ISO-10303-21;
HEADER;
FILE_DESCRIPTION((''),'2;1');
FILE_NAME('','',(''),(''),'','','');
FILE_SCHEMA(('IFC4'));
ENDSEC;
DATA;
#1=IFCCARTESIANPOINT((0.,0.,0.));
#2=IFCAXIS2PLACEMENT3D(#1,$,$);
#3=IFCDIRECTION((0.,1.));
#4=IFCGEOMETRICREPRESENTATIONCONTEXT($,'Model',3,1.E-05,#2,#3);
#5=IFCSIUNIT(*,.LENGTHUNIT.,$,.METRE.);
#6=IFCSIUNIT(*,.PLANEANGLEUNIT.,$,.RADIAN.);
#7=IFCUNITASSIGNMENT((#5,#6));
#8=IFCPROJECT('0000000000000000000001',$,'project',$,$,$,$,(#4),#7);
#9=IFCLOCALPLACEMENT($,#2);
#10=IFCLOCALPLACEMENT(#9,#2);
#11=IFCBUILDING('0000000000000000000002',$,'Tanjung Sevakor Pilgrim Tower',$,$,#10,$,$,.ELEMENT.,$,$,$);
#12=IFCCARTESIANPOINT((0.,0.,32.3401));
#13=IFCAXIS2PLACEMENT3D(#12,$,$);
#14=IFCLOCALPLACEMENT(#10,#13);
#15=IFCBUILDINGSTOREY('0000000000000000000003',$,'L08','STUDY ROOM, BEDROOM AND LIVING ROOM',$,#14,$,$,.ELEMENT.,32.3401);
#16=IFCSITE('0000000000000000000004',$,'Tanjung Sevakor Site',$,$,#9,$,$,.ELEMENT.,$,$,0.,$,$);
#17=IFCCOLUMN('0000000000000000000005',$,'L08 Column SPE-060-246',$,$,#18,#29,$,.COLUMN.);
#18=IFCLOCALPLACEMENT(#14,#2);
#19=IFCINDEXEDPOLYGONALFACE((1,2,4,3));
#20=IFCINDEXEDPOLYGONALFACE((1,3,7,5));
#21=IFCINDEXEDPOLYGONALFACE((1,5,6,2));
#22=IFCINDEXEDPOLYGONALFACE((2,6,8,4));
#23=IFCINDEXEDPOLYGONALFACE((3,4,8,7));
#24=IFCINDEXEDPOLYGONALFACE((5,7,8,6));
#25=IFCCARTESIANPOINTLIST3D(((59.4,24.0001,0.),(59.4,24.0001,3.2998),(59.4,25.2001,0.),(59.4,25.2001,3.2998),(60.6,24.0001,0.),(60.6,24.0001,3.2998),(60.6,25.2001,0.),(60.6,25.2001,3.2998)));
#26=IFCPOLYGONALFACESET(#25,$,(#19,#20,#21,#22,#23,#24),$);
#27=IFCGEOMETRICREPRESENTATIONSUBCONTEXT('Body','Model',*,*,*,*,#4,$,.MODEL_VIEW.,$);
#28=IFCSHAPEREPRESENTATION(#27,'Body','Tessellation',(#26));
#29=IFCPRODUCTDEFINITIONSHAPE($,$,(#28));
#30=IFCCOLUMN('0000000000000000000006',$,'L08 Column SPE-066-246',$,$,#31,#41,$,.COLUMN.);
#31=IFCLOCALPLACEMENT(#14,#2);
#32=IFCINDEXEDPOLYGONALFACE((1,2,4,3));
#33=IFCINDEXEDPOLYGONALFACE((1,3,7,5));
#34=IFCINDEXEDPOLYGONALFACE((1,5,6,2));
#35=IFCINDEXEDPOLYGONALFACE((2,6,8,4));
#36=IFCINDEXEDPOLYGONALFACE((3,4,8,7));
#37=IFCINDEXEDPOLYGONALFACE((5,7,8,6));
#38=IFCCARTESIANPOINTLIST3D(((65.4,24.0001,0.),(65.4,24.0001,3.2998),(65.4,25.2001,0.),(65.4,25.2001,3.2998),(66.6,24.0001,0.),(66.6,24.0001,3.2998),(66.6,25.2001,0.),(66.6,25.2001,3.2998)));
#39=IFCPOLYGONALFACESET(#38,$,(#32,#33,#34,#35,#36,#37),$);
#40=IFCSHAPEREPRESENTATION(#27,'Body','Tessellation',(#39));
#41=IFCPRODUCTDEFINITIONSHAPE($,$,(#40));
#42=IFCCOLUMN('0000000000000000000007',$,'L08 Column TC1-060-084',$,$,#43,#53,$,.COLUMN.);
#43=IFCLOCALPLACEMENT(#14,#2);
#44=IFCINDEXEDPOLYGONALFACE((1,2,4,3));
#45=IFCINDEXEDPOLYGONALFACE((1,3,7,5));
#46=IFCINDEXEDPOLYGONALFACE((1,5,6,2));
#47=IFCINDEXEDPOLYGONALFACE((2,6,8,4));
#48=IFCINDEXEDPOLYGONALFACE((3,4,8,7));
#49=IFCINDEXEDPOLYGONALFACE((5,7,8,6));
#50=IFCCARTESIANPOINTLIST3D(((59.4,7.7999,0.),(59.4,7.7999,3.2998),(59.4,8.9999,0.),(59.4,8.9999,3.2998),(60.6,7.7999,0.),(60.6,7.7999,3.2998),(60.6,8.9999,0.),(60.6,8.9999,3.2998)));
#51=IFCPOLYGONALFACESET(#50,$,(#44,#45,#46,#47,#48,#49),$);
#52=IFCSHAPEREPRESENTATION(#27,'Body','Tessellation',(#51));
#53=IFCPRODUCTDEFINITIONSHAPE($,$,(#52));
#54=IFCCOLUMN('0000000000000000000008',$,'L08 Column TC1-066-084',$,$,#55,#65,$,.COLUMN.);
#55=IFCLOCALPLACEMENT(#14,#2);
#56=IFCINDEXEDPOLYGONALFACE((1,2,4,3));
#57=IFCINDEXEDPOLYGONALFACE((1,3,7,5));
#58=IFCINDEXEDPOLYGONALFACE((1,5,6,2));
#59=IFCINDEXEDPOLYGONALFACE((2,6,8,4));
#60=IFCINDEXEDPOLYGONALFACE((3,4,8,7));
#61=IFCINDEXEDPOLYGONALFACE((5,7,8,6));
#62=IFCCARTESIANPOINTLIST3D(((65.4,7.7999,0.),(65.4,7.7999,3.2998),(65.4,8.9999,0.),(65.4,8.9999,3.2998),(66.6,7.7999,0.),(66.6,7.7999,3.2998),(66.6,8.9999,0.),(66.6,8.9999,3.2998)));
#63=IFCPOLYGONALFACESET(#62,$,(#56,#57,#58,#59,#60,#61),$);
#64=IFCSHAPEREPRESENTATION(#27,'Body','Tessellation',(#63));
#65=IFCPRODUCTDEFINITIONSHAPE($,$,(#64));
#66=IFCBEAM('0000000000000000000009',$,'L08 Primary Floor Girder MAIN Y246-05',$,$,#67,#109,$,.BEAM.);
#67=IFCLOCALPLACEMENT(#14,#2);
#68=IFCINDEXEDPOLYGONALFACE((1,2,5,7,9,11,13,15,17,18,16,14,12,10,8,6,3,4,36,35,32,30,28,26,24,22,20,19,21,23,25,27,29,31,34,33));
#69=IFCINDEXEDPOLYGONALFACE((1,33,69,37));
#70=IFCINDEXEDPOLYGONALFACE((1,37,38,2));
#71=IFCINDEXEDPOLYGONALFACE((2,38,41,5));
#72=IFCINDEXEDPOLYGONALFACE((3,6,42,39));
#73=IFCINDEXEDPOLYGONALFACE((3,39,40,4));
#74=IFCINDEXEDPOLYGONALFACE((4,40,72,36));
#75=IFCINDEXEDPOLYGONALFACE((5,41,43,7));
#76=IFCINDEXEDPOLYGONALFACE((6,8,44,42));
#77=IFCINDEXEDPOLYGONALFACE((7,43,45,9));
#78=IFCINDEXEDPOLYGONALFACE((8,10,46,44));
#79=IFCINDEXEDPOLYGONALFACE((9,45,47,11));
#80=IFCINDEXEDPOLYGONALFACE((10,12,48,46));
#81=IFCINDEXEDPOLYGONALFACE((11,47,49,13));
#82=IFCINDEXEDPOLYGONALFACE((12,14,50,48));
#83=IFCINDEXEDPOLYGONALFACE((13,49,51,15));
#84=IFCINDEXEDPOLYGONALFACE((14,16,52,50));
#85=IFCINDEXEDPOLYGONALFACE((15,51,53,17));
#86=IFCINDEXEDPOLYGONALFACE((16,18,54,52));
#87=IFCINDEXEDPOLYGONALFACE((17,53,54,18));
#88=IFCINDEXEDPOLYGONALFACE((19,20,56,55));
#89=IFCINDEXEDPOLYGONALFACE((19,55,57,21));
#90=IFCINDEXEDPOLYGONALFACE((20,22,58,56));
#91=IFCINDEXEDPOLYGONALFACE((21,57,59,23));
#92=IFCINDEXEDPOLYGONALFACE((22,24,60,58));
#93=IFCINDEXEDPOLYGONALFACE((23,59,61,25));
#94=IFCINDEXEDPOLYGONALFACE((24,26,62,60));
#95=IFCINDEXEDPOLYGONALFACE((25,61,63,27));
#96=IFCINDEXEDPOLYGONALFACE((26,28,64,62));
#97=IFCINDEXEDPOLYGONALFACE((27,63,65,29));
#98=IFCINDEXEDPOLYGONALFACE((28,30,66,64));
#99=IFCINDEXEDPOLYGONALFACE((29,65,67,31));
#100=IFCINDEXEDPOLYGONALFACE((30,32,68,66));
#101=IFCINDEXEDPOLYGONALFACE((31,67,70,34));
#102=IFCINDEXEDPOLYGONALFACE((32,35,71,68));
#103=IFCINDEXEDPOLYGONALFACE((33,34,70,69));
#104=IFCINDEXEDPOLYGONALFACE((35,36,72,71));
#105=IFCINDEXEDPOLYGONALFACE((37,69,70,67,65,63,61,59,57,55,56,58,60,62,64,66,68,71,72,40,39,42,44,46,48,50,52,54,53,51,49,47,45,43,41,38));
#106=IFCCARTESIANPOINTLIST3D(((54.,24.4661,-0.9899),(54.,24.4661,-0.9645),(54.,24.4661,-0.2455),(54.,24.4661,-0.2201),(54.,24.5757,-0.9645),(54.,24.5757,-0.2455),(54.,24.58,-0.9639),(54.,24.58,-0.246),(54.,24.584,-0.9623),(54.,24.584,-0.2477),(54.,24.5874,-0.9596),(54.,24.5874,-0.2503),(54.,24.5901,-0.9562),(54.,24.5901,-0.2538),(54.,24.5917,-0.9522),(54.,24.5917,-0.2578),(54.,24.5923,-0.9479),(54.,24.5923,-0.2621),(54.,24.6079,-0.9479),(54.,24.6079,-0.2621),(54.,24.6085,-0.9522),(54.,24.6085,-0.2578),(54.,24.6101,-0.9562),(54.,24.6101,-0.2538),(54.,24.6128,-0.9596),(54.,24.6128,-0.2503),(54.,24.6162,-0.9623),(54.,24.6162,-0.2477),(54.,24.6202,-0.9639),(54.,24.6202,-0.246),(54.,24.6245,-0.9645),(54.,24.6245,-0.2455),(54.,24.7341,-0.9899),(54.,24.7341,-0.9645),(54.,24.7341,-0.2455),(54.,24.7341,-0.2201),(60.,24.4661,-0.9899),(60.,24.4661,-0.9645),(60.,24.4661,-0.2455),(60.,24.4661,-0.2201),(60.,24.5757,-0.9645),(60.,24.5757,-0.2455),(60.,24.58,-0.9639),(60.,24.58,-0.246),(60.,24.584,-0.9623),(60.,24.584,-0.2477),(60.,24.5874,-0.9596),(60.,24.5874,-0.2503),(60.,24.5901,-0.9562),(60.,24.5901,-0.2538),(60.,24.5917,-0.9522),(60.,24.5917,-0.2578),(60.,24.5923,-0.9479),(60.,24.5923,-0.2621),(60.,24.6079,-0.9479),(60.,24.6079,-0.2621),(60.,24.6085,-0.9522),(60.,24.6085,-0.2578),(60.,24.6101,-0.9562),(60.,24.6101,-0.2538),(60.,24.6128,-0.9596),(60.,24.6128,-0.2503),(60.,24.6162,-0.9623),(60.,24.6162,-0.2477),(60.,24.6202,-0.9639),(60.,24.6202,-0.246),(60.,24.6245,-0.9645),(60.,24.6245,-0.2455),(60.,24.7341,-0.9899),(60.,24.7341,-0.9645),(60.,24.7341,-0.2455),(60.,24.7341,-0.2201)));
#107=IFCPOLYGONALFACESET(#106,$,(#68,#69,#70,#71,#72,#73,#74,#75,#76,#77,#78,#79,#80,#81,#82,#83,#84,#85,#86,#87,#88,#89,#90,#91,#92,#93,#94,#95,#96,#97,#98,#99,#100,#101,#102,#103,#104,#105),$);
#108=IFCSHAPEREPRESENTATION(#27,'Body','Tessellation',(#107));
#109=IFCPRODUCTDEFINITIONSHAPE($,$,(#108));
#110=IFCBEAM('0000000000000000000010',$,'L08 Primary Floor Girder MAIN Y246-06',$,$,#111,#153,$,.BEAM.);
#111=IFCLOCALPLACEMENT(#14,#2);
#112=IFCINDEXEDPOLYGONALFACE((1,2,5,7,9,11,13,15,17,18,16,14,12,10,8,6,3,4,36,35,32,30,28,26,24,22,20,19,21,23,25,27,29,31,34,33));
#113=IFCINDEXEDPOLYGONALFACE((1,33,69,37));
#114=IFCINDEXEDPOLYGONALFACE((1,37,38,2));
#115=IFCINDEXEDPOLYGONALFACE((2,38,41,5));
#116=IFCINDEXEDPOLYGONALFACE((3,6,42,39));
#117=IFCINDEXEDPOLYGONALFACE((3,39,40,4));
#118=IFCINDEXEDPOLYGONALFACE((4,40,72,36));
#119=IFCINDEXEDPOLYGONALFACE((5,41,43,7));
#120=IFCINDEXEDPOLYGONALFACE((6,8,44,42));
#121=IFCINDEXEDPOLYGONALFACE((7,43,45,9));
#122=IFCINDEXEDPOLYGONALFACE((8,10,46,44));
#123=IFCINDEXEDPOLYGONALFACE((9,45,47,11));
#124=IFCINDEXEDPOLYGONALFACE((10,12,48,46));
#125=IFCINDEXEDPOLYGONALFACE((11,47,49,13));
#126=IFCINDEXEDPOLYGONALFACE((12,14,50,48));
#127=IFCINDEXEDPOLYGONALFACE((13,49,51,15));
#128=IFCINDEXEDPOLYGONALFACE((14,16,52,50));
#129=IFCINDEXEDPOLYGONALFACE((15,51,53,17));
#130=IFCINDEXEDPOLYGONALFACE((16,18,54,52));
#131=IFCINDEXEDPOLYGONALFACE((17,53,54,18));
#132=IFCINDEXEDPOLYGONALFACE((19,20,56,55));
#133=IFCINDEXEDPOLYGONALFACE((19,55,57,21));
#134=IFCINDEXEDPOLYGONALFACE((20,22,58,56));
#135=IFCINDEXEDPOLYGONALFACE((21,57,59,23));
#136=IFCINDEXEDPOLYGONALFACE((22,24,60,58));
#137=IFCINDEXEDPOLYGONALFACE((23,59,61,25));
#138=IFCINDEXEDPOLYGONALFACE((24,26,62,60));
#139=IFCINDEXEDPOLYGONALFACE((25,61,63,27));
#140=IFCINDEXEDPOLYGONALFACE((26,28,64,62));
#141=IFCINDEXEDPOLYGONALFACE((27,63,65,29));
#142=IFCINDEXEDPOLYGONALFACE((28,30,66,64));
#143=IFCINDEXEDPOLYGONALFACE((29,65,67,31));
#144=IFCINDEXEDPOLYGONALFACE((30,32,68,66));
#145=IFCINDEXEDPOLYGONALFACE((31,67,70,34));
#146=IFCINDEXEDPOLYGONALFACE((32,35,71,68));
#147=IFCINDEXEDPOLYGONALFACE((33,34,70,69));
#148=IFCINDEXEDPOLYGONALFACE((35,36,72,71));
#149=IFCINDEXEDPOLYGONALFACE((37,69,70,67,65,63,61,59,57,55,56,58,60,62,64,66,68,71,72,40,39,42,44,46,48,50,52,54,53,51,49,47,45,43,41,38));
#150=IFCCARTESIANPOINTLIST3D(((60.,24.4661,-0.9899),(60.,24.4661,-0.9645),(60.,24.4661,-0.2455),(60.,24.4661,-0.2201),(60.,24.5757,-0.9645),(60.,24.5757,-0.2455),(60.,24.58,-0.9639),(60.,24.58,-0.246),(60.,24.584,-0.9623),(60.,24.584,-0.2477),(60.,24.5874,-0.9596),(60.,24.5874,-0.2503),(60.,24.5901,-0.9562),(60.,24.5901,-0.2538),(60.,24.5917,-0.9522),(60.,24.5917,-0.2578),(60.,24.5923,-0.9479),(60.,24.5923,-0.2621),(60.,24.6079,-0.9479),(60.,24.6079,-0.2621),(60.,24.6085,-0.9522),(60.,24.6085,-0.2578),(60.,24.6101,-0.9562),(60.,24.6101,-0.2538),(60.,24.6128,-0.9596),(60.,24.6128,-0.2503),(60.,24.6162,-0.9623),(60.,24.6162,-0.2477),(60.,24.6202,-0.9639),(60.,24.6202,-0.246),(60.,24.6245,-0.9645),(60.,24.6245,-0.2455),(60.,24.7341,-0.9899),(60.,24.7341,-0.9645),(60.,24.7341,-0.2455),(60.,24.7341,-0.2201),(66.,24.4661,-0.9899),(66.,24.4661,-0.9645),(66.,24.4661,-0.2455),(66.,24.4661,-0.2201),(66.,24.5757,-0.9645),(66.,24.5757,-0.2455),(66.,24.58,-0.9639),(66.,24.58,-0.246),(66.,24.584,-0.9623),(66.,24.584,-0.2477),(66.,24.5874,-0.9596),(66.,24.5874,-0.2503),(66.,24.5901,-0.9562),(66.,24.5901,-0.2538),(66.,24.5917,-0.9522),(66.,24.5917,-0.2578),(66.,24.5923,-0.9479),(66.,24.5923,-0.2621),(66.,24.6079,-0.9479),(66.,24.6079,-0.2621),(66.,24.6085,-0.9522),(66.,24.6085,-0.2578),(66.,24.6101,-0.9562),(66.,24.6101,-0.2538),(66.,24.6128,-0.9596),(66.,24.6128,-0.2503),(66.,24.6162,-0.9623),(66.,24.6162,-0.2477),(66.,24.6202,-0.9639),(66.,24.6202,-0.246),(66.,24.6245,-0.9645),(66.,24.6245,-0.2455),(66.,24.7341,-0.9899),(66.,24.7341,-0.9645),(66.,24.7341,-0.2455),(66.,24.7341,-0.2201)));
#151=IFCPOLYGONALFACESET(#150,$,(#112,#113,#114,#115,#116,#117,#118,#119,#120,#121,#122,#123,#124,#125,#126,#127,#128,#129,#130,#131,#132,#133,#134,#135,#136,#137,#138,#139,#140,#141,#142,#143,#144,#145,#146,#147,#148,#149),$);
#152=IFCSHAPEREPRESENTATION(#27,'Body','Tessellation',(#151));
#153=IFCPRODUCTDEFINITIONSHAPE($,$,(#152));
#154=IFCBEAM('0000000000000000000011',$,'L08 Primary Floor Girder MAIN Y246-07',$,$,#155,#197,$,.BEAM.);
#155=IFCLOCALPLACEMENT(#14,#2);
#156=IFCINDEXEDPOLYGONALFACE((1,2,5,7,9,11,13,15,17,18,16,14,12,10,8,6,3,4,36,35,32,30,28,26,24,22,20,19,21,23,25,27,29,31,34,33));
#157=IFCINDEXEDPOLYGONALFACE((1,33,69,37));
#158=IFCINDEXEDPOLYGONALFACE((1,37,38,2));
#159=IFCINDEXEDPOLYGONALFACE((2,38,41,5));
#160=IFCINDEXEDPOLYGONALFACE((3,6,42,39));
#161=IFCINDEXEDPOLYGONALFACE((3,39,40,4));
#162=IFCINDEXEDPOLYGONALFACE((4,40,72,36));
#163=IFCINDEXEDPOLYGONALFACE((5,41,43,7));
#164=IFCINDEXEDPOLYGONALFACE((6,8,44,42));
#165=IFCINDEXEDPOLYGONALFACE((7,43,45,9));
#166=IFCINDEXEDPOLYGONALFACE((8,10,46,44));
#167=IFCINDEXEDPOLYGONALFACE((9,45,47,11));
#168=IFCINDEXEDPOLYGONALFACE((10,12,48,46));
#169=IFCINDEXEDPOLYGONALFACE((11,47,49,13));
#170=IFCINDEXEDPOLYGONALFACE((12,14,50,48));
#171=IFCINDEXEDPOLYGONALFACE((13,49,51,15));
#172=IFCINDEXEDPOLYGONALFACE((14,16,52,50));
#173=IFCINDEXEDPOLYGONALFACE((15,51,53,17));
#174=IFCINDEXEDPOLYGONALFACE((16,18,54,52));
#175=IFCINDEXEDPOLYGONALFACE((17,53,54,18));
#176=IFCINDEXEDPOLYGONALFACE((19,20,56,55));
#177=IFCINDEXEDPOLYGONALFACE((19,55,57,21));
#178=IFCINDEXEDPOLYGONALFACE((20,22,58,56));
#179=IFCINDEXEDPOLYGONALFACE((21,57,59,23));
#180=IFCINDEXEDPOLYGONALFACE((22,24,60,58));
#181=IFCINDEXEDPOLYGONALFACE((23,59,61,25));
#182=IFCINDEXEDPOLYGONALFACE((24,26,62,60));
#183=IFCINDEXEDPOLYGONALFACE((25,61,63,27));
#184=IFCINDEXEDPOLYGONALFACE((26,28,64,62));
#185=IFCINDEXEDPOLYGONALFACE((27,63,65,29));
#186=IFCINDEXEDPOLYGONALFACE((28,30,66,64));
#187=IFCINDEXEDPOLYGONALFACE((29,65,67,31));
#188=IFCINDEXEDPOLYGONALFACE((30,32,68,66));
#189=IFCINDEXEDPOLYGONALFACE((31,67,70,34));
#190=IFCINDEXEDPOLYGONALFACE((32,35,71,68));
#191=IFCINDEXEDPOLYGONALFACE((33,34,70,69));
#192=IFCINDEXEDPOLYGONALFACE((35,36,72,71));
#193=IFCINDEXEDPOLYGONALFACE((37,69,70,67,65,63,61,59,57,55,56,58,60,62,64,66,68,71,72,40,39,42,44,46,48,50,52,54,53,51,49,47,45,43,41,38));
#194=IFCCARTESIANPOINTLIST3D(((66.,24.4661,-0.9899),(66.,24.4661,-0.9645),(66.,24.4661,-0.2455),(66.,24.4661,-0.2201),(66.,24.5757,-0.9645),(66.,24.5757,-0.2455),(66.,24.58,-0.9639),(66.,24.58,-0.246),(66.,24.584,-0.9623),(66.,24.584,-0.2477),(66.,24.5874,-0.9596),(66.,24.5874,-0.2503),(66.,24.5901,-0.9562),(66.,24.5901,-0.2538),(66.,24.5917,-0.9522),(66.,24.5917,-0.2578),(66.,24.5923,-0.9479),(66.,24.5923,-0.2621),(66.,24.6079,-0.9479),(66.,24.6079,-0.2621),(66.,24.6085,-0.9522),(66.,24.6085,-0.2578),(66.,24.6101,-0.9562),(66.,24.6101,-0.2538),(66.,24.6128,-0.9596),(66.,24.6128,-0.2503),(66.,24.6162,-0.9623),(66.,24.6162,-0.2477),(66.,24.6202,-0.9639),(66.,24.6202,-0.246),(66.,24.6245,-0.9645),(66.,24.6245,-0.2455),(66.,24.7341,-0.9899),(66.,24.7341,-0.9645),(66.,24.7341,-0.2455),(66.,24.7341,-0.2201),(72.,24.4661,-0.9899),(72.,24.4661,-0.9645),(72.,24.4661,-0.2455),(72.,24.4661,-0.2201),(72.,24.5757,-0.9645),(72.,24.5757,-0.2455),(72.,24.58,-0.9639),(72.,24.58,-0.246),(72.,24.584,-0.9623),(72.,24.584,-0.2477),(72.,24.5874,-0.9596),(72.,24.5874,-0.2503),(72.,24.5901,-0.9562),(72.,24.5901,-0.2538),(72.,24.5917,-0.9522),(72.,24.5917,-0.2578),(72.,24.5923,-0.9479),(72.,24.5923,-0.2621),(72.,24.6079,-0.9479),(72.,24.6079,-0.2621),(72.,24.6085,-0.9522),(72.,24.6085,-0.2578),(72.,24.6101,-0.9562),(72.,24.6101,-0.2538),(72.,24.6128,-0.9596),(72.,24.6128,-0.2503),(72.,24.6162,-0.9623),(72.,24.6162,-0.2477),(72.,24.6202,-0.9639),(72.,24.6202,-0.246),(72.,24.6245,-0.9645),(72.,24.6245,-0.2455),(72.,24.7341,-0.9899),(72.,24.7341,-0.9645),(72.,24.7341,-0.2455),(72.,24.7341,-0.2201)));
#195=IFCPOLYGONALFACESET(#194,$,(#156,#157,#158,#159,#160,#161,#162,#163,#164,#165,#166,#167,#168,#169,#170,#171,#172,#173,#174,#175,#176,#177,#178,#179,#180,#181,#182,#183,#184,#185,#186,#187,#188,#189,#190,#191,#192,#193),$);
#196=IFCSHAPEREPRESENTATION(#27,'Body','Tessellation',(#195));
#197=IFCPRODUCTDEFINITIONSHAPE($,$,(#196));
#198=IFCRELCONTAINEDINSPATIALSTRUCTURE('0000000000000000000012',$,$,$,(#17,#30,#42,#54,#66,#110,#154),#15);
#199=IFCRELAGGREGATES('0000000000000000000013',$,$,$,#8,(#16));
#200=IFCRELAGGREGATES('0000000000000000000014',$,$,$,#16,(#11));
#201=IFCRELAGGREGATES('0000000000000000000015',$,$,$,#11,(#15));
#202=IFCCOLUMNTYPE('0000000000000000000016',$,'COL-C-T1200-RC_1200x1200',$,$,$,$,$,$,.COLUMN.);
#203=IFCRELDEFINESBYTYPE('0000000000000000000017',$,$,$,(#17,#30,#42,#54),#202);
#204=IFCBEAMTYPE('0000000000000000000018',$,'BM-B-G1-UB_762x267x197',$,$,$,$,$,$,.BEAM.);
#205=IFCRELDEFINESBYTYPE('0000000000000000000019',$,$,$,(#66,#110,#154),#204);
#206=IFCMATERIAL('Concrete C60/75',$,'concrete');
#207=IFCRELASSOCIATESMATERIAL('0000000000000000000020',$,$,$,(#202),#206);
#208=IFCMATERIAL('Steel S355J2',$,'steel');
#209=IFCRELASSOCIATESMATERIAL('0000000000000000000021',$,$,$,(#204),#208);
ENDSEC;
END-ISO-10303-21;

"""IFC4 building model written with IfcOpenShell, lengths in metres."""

from ifc_helpers import new_model, si_unit, direction, frame, origin, origin_2d, place, context, subcontext, project, spatial, rectangle, i_section, extrude, material, material_profile, profile_set, type_object, element, save


model = new_model("IFC4")

# Units and contexts
model_context = context("Model", 3, precision=1e-05, world=origin(), true_north=direction((0.0, 1.0)))
body_context = subcontext(model_context, "Body", "Model", "MODEL_VIEW")
ifc_project = project(units=[si_unit("LENGTHUNIT", "METRE"), si_unit("PLANEANGLEUNIT", "RADIAN")], contexts=[model_context])

# Site, building, storey
site_placement = place(None, origin())
site = spatial("IfcSite", under=ifc_project, at=site_placement, Name="Tanjung Sevakor Site", CompositionType="ELEMENT", RefElevation=0.0)
building_placement = place(site_placement, origin())
building = spatial("IfcBuilding", under=site, at=building_placement, Name="Tanjung Sevakor Pilgrim Tower", CompositionType="ELEMENT")
storey_placement = place(building_placement, frame((0.0, 0.0, 32.3401)))
storey = spatial("IfcBuildingStorey", under=building, at=storey_placement, Name="L08", Description="STUDY ROOM, BEDROOM AND LIVING ROOM", CompositionType="ELEMENT", Elevation=32.3401)

# Columns
ifc_material_1 = material(Name="Concrete C60/75", Category="concrete")
ifc_material_profile_1 = material_profile(ifc_material_1, rectangle(XDim=1.2, YDim=1.2, at=origin_2d()))
ifc_profile_set_1 = profile_set([ifc_material_profile_1], Name="Concrete C60/75")
column_type = type_object("IfcColumnType", Name="COL-C-T1200-RC_1200x1200", PredefinedType="COLUMN", material=ifc_profile_set_1)
for number, where, z_axis, x_axis, name in (
    (1, (60.0, 24.6001, 0.0), (0.0, 0.0, 1.0), (1.0, 0.0, 0.0), "L08 Column SPE-060-246"),
    (2, (66.0, 24.6001, 0.0), (0.0, 0.0, 1.0), (1.0, 0.0, 0.0), "L08 Column SPE-066-246"),
    (3, (60.0, 8.3999, 0.0), (0.0, 0.0, 1.0), (1.0, 0.0, 0.0), "L08 Column TC1-060-084"),
    (4, (66.0, 8.3999, 0.0), (0.0, 0.0, 1.0), (1.0, 0.0, 0.0), "L08 Column TC1-066-084"),
):
    element("IfcColumn", number, at=place(storey_placement, frame(where, z_axis=z_axis, x_axis=x_axis)), inside=storey, type_object=column_type, Name=name, PredefinedType="COLUMN", context=body_context, shape_type="SweptSolid", body=[
        extrude(rectangle(XDim=1.2, YDim=1.2, at=origin_2d()), origin(), (0.0, 0.0, 1.0), 3.2998),
    ])

# Beams
ifc_material_2 = material(Name="Steel S355J2", Category="steel")
ifc_material_profile_2 = material_profile(ifc_material_2, i_section(OverallWidth=0.2681, OverallDepth=0.7698, WebThickness=0.0156, FlangeThickness=0.0254, FilletRadius=0.0166, at=origin_2d()))
ifc_profile_set_2 = profile_set([ifc_material_profile_2], Name="Steel S355J2")
beam_type_1 = type_object("IfcBeamType", Name="BM-B-G1-UB_762x267x197", PredefinedType="BEAM", material=ifc_profile_set_2)
for number, where, z_axis, x_axis, name in (
    (5, (54.0, 24.6001, -0.605), (1.0, 0.0, 0.0), (0.0, 1.0, 0.0), "L08 Primary Floor Girder MAIN Y246-05"),
    (6, (60.0, 24.6001, -0.605), (1.0, 0.0, 0.0), (0.0, 1.0, 0.0), "L08 Primary Floor Girder MAIN Y246-06"),
    (7, (66.0, 24.6001, -0.605), (1.0, 0.0, 0.0), (0.0, 1.0, 0.0), "L08 Primary Floor Girder MAIN Y246-07"),
):
    element("IfcBeam", number, at=place(storey_placement, frame(where, z_axis=z_axis, x_axis=x_axis)), inside=storey, type_object=beam_type_1, Name=name, PredefinedType="BEAM", context=body_context, shape_type="SweptSolid", body=[
        extrude(i_section(OverallWidth=0.2681, OverallDepth=0.7698, WebThickness=0.0156, FlangeThickness=0.0254, FilletRadius=0.0166, at=origin_2d()), origin(), (0.0, 0.0, 1.0), 6.0),
    ])

save(model, "model.ifc")
